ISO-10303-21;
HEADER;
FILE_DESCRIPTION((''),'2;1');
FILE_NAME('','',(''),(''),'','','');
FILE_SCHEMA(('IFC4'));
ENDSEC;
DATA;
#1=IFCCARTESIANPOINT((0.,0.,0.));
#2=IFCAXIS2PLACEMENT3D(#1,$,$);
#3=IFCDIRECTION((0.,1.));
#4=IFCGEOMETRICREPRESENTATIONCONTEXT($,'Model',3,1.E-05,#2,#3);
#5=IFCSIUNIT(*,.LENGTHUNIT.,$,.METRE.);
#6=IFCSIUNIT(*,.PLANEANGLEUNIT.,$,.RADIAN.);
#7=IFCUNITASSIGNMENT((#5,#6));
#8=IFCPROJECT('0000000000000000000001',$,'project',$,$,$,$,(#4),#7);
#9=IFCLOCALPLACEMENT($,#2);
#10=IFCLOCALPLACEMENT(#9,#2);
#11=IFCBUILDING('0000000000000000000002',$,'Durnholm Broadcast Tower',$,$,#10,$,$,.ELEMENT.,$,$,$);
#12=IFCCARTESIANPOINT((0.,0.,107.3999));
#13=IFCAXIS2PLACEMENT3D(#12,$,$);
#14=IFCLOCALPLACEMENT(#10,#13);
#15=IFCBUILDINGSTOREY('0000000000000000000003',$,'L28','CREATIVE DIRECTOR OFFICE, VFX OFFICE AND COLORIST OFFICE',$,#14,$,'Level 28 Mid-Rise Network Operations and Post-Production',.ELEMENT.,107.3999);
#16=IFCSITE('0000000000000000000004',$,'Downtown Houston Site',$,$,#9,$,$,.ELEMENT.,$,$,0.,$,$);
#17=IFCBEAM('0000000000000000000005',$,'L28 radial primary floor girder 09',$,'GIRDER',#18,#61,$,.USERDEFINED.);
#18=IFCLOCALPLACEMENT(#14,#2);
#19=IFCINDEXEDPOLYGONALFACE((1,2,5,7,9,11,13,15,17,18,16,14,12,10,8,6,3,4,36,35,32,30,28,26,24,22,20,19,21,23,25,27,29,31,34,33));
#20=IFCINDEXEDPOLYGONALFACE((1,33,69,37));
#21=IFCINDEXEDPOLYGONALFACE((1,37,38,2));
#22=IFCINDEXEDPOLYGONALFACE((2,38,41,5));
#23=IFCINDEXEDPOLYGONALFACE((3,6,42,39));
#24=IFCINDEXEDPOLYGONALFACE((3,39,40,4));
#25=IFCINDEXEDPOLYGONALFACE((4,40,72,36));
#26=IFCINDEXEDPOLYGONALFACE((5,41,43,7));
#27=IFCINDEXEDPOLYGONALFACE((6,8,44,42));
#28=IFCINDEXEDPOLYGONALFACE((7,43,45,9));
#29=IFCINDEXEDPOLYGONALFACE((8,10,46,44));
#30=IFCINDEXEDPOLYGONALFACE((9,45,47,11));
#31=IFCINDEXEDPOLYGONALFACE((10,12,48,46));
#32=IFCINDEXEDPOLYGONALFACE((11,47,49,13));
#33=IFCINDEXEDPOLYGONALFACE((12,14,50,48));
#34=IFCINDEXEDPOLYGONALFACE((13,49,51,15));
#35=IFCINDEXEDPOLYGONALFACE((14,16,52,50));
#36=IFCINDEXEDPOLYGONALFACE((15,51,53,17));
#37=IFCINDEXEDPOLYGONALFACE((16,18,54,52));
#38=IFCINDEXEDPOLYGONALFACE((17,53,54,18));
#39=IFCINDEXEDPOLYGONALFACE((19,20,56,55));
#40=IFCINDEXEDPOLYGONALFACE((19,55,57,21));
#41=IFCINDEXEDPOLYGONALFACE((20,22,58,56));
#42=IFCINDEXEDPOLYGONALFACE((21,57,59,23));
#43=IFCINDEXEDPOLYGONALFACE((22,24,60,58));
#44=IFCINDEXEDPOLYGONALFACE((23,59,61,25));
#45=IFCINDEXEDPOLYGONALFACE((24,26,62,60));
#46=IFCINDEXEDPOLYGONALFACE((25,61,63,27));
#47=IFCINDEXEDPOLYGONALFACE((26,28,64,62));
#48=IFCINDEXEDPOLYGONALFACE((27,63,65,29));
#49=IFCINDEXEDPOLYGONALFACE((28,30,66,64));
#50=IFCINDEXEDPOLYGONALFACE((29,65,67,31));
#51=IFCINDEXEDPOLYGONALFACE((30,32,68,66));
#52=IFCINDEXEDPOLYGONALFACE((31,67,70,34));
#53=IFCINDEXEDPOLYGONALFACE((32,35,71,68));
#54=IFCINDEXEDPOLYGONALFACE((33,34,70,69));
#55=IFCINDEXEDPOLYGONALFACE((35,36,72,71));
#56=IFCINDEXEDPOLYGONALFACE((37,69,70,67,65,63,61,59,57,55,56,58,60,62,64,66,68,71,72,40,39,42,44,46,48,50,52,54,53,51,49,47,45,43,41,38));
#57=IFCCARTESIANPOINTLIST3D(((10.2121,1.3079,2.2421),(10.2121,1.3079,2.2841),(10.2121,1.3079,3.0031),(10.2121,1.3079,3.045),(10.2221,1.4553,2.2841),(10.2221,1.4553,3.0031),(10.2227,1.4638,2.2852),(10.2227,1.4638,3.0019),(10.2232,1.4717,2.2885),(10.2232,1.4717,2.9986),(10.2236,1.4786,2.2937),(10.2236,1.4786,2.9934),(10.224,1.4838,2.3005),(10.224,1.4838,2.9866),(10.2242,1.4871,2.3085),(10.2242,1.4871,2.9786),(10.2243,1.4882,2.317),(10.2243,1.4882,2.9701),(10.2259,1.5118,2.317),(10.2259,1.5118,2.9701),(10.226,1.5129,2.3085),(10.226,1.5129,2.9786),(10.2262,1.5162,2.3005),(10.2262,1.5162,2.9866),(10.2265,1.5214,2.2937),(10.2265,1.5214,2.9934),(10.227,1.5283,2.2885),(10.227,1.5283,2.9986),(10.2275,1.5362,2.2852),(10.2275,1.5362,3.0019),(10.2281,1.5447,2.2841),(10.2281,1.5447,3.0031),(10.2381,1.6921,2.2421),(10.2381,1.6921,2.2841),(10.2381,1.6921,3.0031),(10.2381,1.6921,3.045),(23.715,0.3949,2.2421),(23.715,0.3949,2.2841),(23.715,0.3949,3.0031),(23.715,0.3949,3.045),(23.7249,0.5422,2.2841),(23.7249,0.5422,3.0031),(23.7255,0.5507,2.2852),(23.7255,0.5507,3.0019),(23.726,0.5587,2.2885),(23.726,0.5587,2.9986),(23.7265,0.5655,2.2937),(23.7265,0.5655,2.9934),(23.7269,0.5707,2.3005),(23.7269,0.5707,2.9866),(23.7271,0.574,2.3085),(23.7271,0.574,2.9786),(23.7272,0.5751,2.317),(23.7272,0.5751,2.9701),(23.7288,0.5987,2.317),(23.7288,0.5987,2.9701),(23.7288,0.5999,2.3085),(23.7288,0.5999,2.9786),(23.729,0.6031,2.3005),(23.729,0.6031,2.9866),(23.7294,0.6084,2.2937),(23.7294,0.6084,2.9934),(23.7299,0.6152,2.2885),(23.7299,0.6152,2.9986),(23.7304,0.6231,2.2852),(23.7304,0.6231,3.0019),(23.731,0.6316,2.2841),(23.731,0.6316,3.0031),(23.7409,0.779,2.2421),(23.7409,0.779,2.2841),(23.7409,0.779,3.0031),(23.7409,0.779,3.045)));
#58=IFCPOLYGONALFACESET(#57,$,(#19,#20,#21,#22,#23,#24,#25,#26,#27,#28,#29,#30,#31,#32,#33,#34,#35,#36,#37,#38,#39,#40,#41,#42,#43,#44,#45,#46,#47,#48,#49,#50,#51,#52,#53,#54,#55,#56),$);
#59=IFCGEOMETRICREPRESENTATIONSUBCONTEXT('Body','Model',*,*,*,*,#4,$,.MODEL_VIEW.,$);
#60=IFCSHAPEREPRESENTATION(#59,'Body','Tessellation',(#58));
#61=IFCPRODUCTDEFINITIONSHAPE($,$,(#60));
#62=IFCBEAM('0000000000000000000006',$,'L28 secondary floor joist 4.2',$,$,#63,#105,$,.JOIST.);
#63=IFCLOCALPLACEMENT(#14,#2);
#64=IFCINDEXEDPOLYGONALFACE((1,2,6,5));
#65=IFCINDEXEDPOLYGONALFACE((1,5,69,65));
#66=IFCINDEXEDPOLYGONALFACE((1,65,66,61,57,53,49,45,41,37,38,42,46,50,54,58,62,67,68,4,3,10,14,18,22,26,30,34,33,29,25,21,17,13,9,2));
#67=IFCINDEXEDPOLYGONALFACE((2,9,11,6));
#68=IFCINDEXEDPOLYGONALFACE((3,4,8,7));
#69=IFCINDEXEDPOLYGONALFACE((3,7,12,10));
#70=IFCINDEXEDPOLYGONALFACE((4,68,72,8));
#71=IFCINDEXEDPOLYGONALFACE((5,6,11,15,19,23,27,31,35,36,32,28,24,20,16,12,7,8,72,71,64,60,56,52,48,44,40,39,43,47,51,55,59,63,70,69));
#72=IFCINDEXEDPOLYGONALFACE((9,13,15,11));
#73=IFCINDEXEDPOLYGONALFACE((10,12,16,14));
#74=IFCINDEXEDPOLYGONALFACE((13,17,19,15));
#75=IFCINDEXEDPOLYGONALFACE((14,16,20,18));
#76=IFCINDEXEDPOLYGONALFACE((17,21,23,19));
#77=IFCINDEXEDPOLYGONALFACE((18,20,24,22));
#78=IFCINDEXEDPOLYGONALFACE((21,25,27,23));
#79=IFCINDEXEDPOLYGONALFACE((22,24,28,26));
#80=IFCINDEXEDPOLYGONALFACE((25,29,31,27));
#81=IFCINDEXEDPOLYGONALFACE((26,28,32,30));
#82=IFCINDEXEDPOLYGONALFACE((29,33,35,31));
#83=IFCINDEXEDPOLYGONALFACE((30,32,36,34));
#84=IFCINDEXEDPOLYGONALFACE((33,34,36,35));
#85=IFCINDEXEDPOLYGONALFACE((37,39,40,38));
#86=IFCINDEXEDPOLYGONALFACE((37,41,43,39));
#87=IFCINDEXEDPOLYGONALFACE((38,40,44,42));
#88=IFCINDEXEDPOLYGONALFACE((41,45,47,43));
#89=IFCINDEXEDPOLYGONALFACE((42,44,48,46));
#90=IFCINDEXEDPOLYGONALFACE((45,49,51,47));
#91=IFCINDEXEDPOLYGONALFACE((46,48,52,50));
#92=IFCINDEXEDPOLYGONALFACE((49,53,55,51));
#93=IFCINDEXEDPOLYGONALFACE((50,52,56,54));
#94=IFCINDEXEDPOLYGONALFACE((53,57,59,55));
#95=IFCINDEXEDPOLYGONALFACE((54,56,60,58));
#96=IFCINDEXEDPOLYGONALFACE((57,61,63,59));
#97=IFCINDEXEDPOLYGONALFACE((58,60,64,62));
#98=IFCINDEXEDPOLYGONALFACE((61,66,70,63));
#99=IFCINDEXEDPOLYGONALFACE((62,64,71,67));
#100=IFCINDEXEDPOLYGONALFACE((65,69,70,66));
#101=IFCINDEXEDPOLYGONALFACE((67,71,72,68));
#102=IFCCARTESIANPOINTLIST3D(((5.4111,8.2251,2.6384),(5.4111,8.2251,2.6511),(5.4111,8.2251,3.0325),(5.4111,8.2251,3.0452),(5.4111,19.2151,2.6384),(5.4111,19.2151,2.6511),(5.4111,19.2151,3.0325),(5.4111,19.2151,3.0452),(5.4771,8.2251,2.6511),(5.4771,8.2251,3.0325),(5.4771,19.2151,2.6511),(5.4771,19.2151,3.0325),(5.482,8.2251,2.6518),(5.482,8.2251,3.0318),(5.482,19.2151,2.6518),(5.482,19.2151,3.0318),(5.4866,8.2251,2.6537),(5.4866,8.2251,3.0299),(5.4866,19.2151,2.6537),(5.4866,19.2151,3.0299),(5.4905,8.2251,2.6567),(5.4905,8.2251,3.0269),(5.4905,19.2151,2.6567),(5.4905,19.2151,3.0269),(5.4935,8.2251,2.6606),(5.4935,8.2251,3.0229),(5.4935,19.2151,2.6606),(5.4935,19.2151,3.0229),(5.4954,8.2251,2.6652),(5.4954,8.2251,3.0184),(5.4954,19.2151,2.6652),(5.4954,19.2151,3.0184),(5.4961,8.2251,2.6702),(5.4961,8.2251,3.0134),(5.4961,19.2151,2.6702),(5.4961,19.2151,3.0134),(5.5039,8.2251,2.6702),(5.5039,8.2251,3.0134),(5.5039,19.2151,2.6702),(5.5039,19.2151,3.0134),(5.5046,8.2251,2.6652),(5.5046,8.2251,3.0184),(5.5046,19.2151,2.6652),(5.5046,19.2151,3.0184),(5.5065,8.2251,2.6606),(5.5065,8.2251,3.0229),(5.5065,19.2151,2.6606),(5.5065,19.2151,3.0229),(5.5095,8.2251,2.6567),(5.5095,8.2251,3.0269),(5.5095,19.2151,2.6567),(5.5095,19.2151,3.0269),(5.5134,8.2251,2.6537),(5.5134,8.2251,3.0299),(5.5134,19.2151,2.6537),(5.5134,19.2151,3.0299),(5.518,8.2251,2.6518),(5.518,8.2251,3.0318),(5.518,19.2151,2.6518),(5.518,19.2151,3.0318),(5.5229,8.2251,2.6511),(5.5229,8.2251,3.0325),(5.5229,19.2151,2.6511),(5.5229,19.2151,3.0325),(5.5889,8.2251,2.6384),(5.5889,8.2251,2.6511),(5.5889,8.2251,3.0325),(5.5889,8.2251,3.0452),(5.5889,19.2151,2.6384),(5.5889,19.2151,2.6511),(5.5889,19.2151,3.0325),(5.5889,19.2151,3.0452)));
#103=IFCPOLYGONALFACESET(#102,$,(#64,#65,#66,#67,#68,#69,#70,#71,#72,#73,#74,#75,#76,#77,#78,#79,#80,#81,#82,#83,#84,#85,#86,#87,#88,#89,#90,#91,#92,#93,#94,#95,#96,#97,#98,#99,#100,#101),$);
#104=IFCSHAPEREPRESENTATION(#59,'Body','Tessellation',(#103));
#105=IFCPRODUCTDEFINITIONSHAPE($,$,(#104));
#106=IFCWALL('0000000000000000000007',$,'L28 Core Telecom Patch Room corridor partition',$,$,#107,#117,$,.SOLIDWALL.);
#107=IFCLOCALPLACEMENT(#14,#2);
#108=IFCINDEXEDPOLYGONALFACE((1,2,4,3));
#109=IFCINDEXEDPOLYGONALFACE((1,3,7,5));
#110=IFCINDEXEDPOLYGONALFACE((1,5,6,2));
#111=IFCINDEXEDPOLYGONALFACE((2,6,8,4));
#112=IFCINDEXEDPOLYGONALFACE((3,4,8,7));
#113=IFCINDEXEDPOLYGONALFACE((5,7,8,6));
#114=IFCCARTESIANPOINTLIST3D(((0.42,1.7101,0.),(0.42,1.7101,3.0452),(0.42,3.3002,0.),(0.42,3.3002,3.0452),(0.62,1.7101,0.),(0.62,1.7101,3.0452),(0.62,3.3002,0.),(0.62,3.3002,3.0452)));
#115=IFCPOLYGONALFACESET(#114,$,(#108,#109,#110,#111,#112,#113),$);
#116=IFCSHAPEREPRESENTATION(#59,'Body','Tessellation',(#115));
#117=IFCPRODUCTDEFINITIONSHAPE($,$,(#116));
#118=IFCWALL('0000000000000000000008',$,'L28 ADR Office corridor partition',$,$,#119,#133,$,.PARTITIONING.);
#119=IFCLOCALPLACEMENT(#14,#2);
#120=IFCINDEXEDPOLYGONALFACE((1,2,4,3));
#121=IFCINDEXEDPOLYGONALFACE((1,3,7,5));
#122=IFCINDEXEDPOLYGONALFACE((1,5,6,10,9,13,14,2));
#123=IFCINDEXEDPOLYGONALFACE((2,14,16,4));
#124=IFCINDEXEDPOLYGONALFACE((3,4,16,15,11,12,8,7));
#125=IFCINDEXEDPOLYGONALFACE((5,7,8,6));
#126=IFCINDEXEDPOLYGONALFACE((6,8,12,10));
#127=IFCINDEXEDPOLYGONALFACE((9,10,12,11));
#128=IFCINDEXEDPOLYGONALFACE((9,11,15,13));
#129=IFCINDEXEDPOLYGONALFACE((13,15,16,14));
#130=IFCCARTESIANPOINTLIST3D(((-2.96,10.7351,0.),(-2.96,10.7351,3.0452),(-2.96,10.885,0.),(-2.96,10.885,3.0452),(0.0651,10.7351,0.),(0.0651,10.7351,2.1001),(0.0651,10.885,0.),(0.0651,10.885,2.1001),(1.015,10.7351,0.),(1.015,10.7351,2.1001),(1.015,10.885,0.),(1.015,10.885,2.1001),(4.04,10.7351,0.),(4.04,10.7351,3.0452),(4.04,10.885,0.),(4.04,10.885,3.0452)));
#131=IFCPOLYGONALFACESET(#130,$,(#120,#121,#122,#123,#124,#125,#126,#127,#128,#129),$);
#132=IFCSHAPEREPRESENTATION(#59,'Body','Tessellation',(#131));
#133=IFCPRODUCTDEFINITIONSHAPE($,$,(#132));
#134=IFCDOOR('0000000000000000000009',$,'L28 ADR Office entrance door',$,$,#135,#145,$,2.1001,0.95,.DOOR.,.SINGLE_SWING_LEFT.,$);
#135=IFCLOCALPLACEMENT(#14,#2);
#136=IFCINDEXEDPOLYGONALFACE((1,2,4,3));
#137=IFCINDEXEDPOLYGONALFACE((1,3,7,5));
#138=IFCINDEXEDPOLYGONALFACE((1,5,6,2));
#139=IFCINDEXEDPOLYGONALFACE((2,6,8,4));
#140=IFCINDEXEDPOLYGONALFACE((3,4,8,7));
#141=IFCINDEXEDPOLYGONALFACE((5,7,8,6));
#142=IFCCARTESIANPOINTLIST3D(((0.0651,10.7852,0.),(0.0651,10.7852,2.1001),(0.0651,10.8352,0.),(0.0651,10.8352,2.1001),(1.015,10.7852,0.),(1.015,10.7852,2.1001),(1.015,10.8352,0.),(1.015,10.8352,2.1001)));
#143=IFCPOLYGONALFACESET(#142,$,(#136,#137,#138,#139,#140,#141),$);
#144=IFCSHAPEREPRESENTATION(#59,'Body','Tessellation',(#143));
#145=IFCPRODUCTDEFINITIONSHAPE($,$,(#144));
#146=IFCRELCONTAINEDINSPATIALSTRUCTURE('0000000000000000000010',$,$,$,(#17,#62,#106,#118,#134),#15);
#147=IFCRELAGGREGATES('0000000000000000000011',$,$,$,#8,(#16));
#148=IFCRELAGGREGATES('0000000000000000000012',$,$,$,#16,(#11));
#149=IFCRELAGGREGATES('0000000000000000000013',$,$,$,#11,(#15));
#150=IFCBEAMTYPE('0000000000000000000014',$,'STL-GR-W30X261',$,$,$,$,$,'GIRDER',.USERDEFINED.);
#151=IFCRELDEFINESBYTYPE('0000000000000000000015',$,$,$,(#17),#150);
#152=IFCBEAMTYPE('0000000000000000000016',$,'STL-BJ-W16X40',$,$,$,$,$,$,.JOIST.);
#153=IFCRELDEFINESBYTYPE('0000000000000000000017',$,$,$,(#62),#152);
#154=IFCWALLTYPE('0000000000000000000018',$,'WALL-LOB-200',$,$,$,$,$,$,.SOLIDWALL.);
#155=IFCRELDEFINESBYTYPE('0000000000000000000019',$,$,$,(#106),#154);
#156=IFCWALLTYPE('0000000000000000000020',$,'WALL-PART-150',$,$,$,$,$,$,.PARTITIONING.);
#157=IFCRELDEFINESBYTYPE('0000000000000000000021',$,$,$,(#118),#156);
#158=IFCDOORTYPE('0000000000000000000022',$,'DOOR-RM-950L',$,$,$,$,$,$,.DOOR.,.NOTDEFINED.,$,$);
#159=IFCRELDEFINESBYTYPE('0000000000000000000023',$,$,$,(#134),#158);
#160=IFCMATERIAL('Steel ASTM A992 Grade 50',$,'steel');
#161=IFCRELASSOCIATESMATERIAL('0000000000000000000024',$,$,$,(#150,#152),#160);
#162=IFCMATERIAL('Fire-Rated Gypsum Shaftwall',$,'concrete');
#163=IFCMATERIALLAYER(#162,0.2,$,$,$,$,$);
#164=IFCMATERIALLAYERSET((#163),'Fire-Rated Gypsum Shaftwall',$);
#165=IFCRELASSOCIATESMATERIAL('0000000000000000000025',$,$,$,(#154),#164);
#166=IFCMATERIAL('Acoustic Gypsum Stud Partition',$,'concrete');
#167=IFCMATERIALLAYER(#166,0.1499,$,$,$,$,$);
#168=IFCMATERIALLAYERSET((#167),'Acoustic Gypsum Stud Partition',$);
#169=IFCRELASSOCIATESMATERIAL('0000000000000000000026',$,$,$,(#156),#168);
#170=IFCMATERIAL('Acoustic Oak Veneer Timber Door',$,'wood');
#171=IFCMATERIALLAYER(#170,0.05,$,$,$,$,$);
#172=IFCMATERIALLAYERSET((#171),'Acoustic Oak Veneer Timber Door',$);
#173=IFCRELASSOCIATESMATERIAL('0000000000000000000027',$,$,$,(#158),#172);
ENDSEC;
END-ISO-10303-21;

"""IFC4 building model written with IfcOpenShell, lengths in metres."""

from ifc_helpers import new_model, si_unit, direction, frame, frame_2d, origin, origin_2d, place, context, subcontext, project, spatial, rectangle, i_section, extrude, source, transform, mapped, material, layer, layer_set, material_profile, profile_set, type_object, type_shapes, element, fill, save


model = new_model("IFC4")

# Units and contexts
model_context = context("Model", 3, precision=1e-05, world=origin(), true_north=direction((0.0, 1.0)))
body_context = subcontext(model_context, "Body", "Model", "MODEL_VIEW")
ifc_project = project(units=[si_unit("LENGTHUNIT", "METRE"), si_unit("PLANEANGLEUNIT", "RADIAN")], contexts=[model_context])

# Site, building, storey
site_placement = place(None, origin())
site = spatial("IfcSite", under=ifc_project, at=site_placement, Name="Downtown Houston Site", CompositionType="ELEMENT", RefElevation=0.0)
building_placement = place(site_placement, origin())
building = spatial("IfcBuilding", under=site, at=building_placement, Name="Durnholm Broadcast Tower", CompositionType="ELEMENT")
storey_placement = place(building_placement, frame((0.0, 0.0, 107.3999)))
storey = spatial("IfcBuildingStorey", under=building, at=storey_placement, Name="L28", Description="CREATIVE DIRECTOR OFFICE, VFX OFFICE AND COLORIST OFFICE", LongName="Level 28 Mid-Rise Network Operations and Post-Production", CompositionType="ELEMENT", Elevation=107.3999)

# Beams
ifc_material_1 = material(Name="Steel ASTM A992 Grade 50", Category="steel")
ifc_material_profile_1 = material_profile(ifc_material_1, i_section(OverallWidth=0.385, OverallDepth=0.803, WebThickness=0.0237, FlangeThickness=0.042, FilletRadius=0.033, at=origin_2d()), Name="W30X261")
ifc_profile_set_1 = profile_set([ifc_material_profile_1], Name="Steel ASTM A992 Grade 50")
beam_type_1 = type_object("IfcBeamType", Name="STL-GR-W30X261", ElementType="GIRDER", PredefinedType="USERDEFINED", material=ifc_profile_set_1)
shared_shape_1 = source(origin(), body_context, "Body", "SweptSolid", [
    extrude(i_section(OverallWidth=0.385, OverallDepth=0.803, WebThickness=0.0237, FlangeThickness=0.042, FilletRadius=0.033, at=origin_2d()), origin(), (0.0, 0.0, 1.0), 13.5337),
])
beam_1_placement = place(storey_placement, frame((10.2251, 1.5, 2.6436), z_axis=(0.997721, -0.067467, 0.0), x_axis=(0.067467, 0.997721, 0.0)))
element("IfcBeam", 1, at=beam_1_placement, inside=storey, type_object=beam_type_1, Name="L28 radial primary floor girder 09", ObjectType="GIRDER", PredefinedType="USERDEFINED", context=body_context, shape_type="MappedRepresentation", body=[
    mapped(shared_shape_1, transform((0.0, 0.0, 0.0), x_axis=(1.0, 0.0, 0.0), y_axis=(0.0, 1.0, 0.0), z_axis=(0.0, 0.0, 1.0), scale=1.0)),
])
ifc_material_profile_2 = material_profile(ifc_material_1, i_section(OverallWidth=0.1777, OverallDepth=0.4067, WebThickness=0.0078, FlangeThickness=0.0127, FilletRadius=0.019, at=origin_2d()), Name="W16X40")
ifc_profile_set_2 = profile_set([ifc_material_profile_2], Name="Steel ASTM A992 Grade 50")
beam_type_2 = type_object("IfcBeamType", Name="STL-BJ-W16X40", PredefinedType="JOIST", material=ifc_profile_set_2)
shared_shape_2 = source(origin(), body_context, "Body", "SweptSolid", [
    extrude(i_section(OverallWidth=0.1777, OverallDepth=0.4067, WebThickness=0.0078, FlangeThickness=0.0127, FilletRadius=0.019, at=origin_2d()), origin(), (0.0, 0.0, 1.0), 10.99),
])
type_shapes(beam_type_2, [shared_shape_2])
beam_2_placement = place(storey_placement, frame((5.5, 8.2251, 2.8418), z_axis=(0.0, 1.0, 0.0), x_axis=(-1.0, 0.0, 0.0)))
element("IfcBeam", 2, at=beam_2_placement, inside=storey, type_object=beam_type_2, Name="L28 secondary floor joist 4.2", PredefinedType="JOIST", context=body_context, shape_type="MappedRepresentation", body=[
    mapped(shared_shape_2, transform((0.0, 0.0, 0.0), x_axis=(1.0, 0.0, 0.0), y_axis=(0.0, 1.0, 0.0), z_axis=(0.0, 0.0, 1.0), scale=1.0)),
])

# Wall
ifc_material_2 = material(Name="Fire-Rated Gypsum Shaftwall", Category="concrete")
ifc_layer_1 = layer(ifc_material_2, 0.2)
ifc_layer_set_1 = layer_set([ifc_layer_1], Name="Fire-Rated Gypsum Shaftwall")
wall_type_1 = type_object("IfcWallType", Name="WALL-LOB-200", PredefinedType="SOLIDWALL", material=ifc_layer_set_1)
wall_1_placement = place(storey_placement, frame((0.52, 3.3, 0.0), z_axis=(0.0, 0.0, 1.0), x_axis=(0.0, -1.0, 0.0)))
element("IfcWall", 3, at=wall_1_placement, inside=storey, type_object=wall_type_1, Name="L28 Core Telecom Patch Room corridor partition", PredefinedType="SOLIDWALL", context=body_context, shape_type="SweptSolid", body=[
    extrude(rectangle(XDim=1.5901, YDim=0.2, at=frame_2d((0.7949, 0.0))), origin(), (0.0, 0.0, 1.0), 3.0452),
])

# Wall, opening, door
ifc_material_3 = material(Name="Acoustic Gypsum Stud Partition", Category="concrete")
ifc_layer_2 = layer(ifc_material_3, 0.1499)
ifc_layer_set_2 = layer_set([ifc_layer_2], Name="Acoustic Gypsum Stud Partition")
wall_type_2 = type_object("IfcWallType", Name="WALL-PART-150", PredefinedType="PARTITIONING", material=ifc_layer_set_2)
wall_2_placement = place(storey_placement, frame((4.04, 10.8101, 0.0), z_axis=(0.0, 0.0, 1.0), x_axis=(-1.0, 0.0, 0.0)))
wall_2 = element("IfcWall", 4, at=wall_2_placement, inside=storey, type_object=wall_type_2, Name="L28 ADR Office corridor partition", PredefinedType="PARTITIONING", context=body_context, shape_type="SweptSolid", body=[
    extrude(rectangle(XDim=7.0, YDim=0.1499, at=frame_2d((3.5, 0.0))), origin(), (0.0, 0.0, 1.0), 3.0452),
])
opening_1_placement = place(wall_2_placement, frame((3.0249, 0.0, 0.0)))
opening_1 = element("IfcOpeningElement", 5, at=opening_1_placement, cuts=wall_2, PredefinedType="OPENING", context=body_context, shape_type="SweptSolid", body=[
    extrude(rectangle(XDim=0.95, YDim=2.1001, at=frame_2d((0.4751, 1.05))), frame((0.0, 0.085, 0.0), z_axis=(0.0, -1.0, 0.0), x_axis=(1.0, 0.0, 0.0)), (0.0, 0.0, 1.0), 0.1699),
])
ifc_material_4 = material(Name="Acoustic Oak Veneer Timber Door", Category="wood")
ifc_layer_3 = layer(ifc_material_4, 0.05)
ifc_layer_set_3 = layer_set([ifc_layer_3], Name="Acoustic Oak Veneer Timber Door")
door_type_1 = type_object("IfcDoorType", Name="DOOR-RM-950L", OperationType="NOTDEFINED", PredefinedType="DOOR", material=ifc_layer_set_3)
shared_shape_3 = source(origin(), body_context, "Body", "SweptSolid", [
    extrude(rectangle(XDim=0.95, YDim=2.1001, at=frame_2d((0.4751, 1.05))), frame((0.0, 0.0249, 0.0), z_axis=(0.0, -1.0, 0.0), x_axis=(1.0, 0.0, 0.0)), (0.0, 0.0, 1.0), 0.05),
])
type_shapes(door_type_1, [shared_shape_3])
door_1_placement = place(opening_1_placement, origin())
door_1 = element("IfcDoor", 6, at=door_1_placement, inside=storey, type_object=door_type_1, Name="L28 ADR Office entrance door", OperationType="SINGLE_SWING_LEFT", OverallHeight=2.1001, OverallWidth=0.95, PredefinedType="DOOR", context=body_context, shape_type="MappedRepresentation", body=[
    mapped(shared_shape_3, transform((0.0, 0.0, 0.0), x_axis=(1.0, 0.0, 0.0), y_axis=(0.0, 1.0, 0.0), z_axis=(0.0, 0.0, 1.0), scale=1.0)),
])
fill(opening_1, door_1)

save(model, "model.ifc")
